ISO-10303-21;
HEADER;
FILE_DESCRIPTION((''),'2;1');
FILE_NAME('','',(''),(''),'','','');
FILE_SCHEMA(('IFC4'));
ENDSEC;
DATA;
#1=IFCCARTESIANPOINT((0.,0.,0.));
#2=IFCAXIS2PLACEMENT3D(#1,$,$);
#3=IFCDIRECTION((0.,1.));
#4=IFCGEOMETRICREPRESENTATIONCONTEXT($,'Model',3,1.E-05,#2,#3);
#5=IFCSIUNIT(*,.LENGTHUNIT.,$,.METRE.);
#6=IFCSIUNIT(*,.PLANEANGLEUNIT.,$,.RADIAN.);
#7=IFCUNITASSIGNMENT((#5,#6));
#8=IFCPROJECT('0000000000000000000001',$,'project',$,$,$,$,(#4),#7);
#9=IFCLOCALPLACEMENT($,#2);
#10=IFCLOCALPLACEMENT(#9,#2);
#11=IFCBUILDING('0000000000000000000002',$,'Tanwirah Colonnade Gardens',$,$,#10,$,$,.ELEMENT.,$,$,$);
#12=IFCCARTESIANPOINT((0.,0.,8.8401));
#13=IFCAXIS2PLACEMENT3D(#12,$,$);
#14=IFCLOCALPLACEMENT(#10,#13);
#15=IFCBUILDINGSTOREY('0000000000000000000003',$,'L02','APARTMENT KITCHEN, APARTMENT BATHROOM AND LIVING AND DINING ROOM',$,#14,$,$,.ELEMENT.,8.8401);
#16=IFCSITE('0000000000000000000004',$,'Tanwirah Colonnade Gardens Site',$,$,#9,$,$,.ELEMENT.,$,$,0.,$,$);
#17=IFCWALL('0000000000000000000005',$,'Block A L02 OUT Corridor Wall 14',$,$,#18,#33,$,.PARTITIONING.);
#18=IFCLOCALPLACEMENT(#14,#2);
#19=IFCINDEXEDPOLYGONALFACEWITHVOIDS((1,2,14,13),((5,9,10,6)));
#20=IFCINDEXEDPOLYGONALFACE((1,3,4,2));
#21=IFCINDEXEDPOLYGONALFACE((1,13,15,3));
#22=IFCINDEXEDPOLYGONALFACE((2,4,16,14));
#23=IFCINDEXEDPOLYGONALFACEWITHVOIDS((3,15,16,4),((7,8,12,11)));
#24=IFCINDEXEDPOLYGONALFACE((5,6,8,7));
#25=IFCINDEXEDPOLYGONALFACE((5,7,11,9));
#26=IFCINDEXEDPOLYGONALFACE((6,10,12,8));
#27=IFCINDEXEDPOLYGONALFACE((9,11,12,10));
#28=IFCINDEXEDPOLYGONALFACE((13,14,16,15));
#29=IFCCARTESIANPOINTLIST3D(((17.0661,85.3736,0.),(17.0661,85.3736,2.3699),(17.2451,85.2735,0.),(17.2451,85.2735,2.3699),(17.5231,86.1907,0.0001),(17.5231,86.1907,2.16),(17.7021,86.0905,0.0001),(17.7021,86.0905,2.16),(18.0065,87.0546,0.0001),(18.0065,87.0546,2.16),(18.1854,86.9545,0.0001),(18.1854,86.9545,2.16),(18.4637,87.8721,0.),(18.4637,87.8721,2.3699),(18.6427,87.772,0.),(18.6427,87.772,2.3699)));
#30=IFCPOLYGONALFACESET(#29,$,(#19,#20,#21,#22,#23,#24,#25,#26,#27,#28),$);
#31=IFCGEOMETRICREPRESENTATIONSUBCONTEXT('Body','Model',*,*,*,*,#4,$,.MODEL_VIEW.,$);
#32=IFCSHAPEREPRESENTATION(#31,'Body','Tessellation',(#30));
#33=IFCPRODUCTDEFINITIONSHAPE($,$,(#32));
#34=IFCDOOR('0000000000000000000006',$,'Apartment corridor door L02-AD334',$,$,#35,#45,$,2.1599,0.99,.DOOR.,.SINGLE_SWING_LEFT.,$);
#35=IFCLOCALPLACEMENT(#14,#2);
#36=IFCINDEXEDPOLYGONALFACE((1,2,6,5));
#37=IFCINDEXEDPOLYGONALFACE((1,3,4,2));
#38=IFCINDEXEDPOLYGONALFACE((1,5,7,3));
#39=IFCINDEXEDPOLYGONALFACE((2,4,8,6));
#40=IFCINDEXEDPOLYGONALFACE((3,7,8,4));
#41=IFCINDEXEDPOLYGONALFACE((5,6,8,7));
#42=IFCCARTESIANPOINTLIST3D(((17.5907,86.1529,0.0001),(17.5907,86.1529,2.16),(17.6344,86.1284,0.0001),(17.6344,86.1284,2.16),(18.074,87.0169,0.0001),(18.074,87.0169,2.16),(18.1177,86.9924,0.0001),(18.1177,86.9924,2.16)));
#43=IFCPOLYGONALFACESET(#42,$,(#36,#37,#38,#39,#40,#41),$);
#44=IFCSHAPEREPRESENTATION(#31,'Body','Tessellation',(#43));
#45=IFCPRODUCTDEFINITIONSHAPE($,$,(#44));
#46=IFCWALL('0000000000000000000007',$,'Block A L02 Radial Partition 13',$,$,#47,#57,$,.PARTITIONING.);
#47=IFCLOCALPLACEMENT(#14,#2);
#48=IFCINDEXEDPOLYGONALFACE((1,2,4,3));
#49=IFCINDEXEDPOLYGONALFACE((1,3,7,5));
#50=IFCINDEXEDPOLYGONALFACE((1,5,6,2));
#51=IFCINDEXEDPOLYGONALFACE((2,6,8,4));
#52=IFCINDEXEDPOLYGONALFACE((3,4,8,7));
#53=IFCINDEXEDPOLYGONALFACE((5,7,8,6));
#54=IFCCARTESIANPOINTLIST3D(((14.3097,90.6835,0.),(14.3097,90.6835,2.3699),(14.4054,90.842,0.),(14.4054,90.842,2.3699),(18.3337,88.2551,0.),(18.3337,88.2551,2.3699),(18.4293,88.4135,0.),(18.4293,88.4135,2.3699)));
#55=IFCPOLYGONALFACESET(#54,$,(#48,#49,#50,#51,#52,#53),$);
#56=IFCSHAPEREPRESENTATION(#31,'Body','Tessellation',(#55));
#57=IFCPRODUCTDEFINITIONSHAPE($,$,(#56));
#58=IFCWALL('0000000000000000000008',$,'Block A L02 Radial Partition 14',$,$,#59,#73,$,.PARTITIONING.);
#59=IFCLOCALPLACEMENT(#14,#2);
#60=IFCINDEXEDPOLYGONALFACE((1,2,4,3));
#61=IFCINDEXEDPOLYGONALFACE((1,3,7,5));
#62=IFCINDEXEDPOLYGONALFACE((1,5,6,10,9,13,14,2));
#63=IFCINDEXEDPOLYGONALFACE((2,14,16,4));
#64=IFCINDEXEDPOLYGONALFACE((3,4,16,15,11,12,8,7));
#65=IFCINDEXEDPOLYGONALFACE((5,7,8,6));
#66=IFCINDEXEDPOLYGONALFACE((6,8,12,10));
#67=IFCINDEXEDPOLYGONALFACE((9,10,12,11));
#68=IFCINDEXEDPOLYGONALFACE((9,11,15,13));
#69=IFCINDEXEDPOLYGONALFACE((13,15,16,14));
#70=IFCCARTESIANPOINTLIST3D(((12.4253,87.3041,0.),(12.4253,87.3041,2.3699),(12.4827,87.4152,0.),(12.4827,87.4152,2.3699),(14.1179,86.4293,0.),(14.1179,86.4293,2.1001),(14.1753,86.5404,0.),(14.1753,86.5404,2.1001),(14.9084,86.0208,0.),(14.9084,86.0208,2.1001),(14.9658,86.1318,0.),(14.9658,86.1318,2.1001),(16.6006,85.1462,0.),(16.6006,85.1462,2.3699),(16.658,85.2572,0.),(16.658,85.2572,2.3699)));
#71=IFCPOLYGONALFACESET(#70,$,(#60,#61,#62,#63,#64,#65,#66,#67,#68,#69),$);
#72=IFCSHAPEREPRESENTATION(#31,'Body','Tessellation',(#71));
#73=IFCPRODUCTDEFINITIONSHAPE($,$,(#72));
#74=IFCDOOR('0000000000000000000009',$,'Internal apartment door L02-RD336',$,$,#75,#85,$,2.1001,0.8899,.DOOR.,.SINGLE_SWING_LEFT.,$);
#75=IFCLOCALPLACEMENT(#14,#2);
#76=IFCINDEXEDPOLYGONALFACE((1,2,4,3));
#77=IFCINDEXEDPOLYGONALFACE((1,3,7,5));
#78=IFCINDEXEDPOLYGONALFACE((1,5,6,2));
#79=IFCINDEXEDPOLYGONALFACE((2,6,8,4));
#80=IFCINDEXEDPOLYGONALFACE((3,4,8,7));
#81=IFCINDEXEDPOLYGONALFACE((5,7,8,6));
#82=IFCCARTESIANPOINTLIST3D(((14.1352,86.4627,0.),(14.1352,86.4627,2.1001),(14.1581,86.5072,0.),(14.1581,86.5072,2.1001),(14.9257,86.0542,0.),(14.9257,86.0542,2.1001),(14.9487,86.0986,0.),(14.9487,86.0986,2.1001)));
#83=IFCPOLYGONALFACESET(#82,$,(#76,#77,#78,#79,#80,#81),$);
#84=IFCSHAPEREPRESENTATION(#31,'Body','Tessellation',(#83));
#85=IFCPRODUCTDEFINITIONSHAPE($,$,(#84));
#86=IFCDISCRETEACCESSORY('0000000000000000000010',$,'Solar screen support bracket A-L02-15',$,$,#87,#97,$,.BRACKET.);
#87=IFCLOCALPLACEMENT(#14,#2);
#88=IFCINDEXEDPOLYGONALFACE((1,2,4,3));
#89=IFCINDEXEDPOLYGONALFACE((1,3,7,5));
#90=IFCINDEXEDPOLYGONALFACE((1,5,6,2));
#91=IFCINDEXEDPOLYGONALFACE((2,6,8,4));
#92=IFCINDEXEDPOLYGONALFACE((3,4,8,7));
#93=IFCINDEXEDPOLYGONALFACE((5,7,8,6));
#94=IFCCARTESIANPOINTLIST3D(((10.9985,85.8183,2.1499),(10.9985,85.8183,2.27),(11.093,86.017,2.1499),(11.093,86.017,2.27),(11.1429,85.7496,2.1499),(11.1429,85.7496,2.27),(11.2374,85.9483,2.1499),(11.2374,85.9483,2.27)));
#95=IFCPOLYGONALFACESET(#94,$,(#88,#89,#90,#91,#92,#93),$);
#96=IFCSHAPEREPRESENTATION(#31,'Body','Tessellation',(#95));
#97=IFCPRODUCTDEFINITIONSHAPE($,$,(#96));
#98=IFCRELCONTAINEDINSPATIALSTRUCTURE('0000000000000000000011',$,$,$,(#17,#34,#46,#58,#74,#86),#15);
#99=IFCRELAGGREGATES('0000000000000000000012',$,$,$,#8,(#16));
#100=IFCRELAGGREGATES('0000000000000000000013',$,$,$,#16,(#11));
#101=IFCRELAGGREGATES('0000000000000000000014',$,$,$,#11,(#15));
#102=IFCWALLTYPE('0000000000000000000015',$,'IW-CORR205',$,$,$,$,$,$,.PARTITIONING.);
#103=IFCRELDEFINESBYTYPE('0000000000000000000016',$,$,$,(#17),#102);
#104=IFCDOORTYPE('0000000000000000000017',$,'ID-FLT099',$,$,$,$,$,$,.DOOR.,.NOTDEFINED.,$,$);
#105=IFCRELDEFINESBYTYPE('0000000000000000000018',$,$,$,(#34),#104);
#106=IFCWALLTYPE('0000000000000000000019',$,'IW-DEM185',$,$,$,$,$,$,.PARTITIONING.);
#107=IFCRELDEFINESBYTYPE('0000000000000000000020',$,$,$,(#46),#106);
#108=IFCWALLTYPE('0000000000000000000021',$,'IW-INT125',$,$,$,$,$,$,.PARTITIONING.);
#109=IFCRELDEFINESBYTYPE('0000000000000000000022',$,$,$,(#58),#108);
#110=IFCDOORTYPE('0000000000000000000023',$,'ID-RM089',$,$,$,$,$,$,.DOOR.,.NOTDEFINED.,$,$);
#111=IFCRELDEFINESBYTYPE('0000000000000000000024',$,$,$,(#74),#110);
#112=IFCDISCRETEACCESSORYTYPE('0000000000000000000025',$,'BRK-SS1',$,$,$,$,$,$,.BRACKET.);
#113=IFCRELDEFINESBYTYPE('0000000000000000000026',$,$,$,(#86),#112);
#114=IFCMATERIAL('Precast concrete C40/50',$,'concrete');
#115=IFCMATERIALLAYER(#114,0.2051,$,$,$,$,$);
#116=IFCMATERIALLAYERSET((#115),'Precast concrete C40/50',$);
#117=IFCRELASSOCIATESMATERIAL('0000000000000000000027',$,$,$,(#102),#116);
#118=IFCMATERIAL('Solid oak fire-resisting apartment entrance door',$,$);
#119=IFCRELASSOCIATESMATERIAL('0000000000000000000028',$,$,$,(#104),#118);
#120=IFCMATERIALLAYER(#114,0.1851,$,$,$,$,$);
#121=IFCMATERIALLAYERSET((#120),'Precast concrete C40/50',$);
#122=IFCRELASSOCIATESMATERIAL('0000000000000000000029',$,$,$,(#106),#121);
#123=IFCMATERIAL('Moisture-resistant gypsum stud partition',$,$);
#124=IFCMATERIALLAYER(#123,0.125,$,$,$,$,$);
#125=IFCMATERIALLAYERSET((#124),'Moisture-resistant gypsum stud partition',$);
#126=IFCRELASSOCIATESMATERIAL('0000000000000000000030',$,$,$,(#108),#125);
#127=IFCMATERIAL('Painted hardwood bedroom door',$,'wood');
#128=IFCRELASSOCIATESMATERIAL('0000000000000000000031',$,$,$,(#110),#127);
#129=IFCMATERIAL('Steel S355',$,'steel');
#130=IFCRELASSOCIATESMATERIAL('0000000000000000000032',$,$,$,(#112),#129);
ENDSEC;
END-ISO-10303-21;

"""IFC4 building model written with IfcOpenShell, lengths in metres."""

from ifc_helpers import new_model, si_unit, direction, frame, frame_2d, origin, origin_2d, place, context, subcontext, project, spatial, rectangle, extrude, material, layer, layer_set, type_object, element, fill, save


model = new_model("IFC4")

# Units and contexts
model_context = context("Model", 3, precision=1e-05, world=origin(), true_north=direction((0.0, 1.0)))
body_context = subcontext(model_context, "Body", "Model", "MODEL_VIEW")
ifc_project = project(units=[si_unit("LENGTHUNIT", "METRE"), si_unit("PLANEANGLEUNIT", "RADIAN")], contexts=[model_context])

# Site, building, storey
site_placement = place(None, origin())
site = spatial("IfcSite", under=ifc_project, at=site_placement, Name="Tanwirah Colonnade Gardens Site", CompositionType="ELEMENT", RefElevation=0.0)
building_placement = place(site_placement, origin())
building = spatial("IfcBuilding", under=site, at=building_placement, Name="Tanwirah Colonnade Gardens", CompositionType="ELEMENT")
storey_placement = place(building_placement, frame((0.0, 0.0, 8.8401)))
storey = spatial("IfcBuildingStorey", under=building, at=storey_placement, Name="L02", Description="APARTMENT KITCHEN, APARTMENT BATHROOM AND LIVING AND DINING ROOM", CompositionType="ELEMENT", Elevation=8.8401)

# Shared definitions
ifc_material_1 = material(Name="Precast concrete C40/50", Category="concrete")

# Wall, opening, door
ifc_layer_1 = layer(ifc_material_1, 0.2051)
ifc_layer_set_1 = layer_set([ifc_layer_1], Name="Precast concrete C40/50")
wall_type_1 = type_object("IfcWallType", Name="IW-CORR205", PredefinedType="PARTITIONING", material=ifc_layer_set_1)
wall_1_placement = place(storey_placement, frame((18.5532, 87.822, 0.0), z_axis=(0.0, 0.0, 1.0), x_axis=(-0.488211, -0.872726, 0.0)))
wall_1 = element("IfcWall", 1, at=wall_1_placement, inside=storey, type_object=wall_type_1, Name="Block A L02 OUT Corridor Wall 14", PredefinedType="PARTITIONING", context=body_context, shape_type="SweptSolid", body=[
    extrude(rectangle(XDim=2.8628, YDim=0.2051, at=frame_2d((1.4314, 0.0))), origin(), (0.0, 0.0, 1.0), 2.3699),
])
opening_1_placement = place(wall_1_placement, frame((0.9365, 0.0, 0.0)))
opening_1 = element("IfcOpeningElement", 2, at=opening_1_placement, cuts=wall_1, PredefinedType="OPENING", context=body_context, shape_type="SweptSolid", body=[
    extrude(rectangle(XDim=0.99, YDim=2.1599, at=frame_2d((0.4951, 1.0801))), frame((0.0, 0.1125, 0.0), z_axis=(0.0, -1.0, 0.0), x_axis=(1.0, 0.0, 0.0)), (0.0, 0.0, 1.0), 0.2251),
])
ifc_material_2 = material(Name="Solid oak fire-resisting apartment entrance door")
door_type_1 = type_object("IfcDoorType", Name="ID-FLT099", OperationType="NOTDEFINED", PredefinedType="DOOR", material=ifc_material_2)
door_1_placement = place(opening_1_placement, origin())
door_1 = element("IfcDoor", 3, at=door_1_placement, inside=storey, type_object=door_type_1, Name="Apartment corridor door L02-AD334", OperationType="SINGLE_SWING_LEFT", OverallHeight=2.1599, OverallWidth=0.99, PredefinedType="DOOR", context=body_context, shape_type="SweptSolid", body=[
    extrude(rectangle(XDim=0.99, YDim=2.1599, at=frame_2d((0.4951, 1.0801))), frame((0.0, 0.0249, 0.0), z_axis=(0.0, -1.0, 0.0), x_axis=(1.0, 0.0, 0.0)), (0.0, 0.0, 1.0), 0.05),
])
fill(opening_1, door_1)

# Wall
ifc_layer_2 = layer(ifc_material_1, 0.1851)
ifc_layer_set_2 = layer_set([ifc_layer_2], Name="Precast concrete C40/50")
wall_type_2 = type_object("IfcWallType", Name="IW-DEM185", PredefinedType="PARTITIONING", material=ifc_layer_set_2)
wall_2_placement = place(storey_placement, frame((18.3816, 88.3342, 0.0), z_axis=(0.0, 0.0, 1.0), x_axis=(-0.856165, 0.516702, 0.0)))
element("IfcWall", 4, at=wall_2_placement, inside=storey, type_object=wall_type_2, Name="Block A L02 Radial Partition 13", PredefinedType="PARTITIONING", context=body_context, shape_type="SweptSolid", body=[
    extrude(rectangle(XDim=4.7, YDim=0.1851, at=frame_2d((2.3501, 0.0))), origin(), (0.0, 0.0, 1.0), 2.3699),
])

# Wall, opening, door
ifc_material_3 = material(Name="Moisture-resistant gypsum stud partition")
ifc_layer_3 = layer(ifc_material_3, 0.125)
ifc_layer_set_3 = layer_set([ifc_layer_3], Name="Moisture-resistant gypsum stud partition")
wall_type_3 = type_object("IfcWallType", Name="IW-INT125", PredefinedType="PARTITIONING", material=ifc_layer_set_3)
wall_3_placement = place(storey_placement, frame((16.6294, 85.2017, 0.0), z_axis=(0.0, 0.0, 1.0), x_axis=(-0.888363, 0.459142, 0.0)))
wall_3 = element("IfcWall", 5, at=wall_3_placement, inside=storey, type_object=wall_type_3, Name="Block A L02 Radial Partition 14", PredefinedType="PARTITIONING", context=body_context, shape_type="SweptSolid", body=[
    extrude(rectangle(XDim=4.7, YDim=0.125, at=frame_2d((2.3501, 0.0))), origin(), (0.0, 0.0, 1.0), 2.3699),
])
opening_2_placement = place(wall_3_placement, frame((1.905, 0.0, 0.0)))
opening_2 = element("IfcOpeningElement", 6, at=opening_2_placement, cuts=wall_3, PredefinedType="OPENING", context=body_context, shape_type="SweptSolid", body=[
    extrude(rectangle(XDim=0.8899, YDim=2.1001, at=frame_2d((0.4448, 1.05))), frame((0.0, 0.0725, 0.0), z_axis=(0.0, -1.0, 0.0), x_axis=(1.0, 0.0, 0.0)), (0.0, 0.0, 1.0), 0.145),
])
ifc_material_4 = material(Name="Painted hardwood bedroom door", Category="wood")
door_type_2 = type_object("IfcDoorType", Name="ID-RM089", OperationType="NOTDEFINED", PredefinedType="DOOR", material=ifc_material_4)
door_2_placement = place(opening_2_placement, origin())
door_2 = element("IfcDoor", 7, at=door_2_placement, inside=storey, type_object=door_type_2, Name="Internal apartment door L02-RD336", OperationType="SINGLE_SWING_LEFT", OverallHeight=2.1001, OverallWidth=0.8899, PredefinedType="DOOR", context=body_context, shape_type="SweptSolid", body=[
    extrude(rectangle(XDim=0.8899, YDim=2.1001, at=frame_2d((0.4448, 1.05))), frame((0.0, 0.0249, 0.0), z_axis=(0.0, -1.0, 0.0), x_axis=(1.0, 0.0, 0.0)), (0.0, 0.0, 1.0), 0.05),
])
fill(opening_2, door_2)

# Discrete accessory
ifc_material_5 = material(Name="Steel S355", Category="steel")
discrete_accessory_type = type_object("IfcDiscreteAccessoryType", Name="BRK-SS1", PredefinedType="BRACKET", material=ifc_material_5)
discrete_accessory_placement = place(storey_placement, frame((11.1179, 85.8833, 2.1499), z_axis=(0.0, 0.0, 1.0), x_axis=(-0.429636, -0.903002, 0.0)))
element("IfcDiscreteAccessory", 8, at=discrete_accessory_placement, inside=storey, type_object=discrete_accessory_type, Name="Solar screen support bracket A-L02-15", PredefinedType="BRACKET", context=body_context, shape_type="SweptSolid", body=[
    extrude(rectangle(XDim=0.22, YDim=0.1599, at=origin_2d()), origin(), (0.0, 0.0, 1.0), 0.1201),
])

save(model, "model.ifc")
